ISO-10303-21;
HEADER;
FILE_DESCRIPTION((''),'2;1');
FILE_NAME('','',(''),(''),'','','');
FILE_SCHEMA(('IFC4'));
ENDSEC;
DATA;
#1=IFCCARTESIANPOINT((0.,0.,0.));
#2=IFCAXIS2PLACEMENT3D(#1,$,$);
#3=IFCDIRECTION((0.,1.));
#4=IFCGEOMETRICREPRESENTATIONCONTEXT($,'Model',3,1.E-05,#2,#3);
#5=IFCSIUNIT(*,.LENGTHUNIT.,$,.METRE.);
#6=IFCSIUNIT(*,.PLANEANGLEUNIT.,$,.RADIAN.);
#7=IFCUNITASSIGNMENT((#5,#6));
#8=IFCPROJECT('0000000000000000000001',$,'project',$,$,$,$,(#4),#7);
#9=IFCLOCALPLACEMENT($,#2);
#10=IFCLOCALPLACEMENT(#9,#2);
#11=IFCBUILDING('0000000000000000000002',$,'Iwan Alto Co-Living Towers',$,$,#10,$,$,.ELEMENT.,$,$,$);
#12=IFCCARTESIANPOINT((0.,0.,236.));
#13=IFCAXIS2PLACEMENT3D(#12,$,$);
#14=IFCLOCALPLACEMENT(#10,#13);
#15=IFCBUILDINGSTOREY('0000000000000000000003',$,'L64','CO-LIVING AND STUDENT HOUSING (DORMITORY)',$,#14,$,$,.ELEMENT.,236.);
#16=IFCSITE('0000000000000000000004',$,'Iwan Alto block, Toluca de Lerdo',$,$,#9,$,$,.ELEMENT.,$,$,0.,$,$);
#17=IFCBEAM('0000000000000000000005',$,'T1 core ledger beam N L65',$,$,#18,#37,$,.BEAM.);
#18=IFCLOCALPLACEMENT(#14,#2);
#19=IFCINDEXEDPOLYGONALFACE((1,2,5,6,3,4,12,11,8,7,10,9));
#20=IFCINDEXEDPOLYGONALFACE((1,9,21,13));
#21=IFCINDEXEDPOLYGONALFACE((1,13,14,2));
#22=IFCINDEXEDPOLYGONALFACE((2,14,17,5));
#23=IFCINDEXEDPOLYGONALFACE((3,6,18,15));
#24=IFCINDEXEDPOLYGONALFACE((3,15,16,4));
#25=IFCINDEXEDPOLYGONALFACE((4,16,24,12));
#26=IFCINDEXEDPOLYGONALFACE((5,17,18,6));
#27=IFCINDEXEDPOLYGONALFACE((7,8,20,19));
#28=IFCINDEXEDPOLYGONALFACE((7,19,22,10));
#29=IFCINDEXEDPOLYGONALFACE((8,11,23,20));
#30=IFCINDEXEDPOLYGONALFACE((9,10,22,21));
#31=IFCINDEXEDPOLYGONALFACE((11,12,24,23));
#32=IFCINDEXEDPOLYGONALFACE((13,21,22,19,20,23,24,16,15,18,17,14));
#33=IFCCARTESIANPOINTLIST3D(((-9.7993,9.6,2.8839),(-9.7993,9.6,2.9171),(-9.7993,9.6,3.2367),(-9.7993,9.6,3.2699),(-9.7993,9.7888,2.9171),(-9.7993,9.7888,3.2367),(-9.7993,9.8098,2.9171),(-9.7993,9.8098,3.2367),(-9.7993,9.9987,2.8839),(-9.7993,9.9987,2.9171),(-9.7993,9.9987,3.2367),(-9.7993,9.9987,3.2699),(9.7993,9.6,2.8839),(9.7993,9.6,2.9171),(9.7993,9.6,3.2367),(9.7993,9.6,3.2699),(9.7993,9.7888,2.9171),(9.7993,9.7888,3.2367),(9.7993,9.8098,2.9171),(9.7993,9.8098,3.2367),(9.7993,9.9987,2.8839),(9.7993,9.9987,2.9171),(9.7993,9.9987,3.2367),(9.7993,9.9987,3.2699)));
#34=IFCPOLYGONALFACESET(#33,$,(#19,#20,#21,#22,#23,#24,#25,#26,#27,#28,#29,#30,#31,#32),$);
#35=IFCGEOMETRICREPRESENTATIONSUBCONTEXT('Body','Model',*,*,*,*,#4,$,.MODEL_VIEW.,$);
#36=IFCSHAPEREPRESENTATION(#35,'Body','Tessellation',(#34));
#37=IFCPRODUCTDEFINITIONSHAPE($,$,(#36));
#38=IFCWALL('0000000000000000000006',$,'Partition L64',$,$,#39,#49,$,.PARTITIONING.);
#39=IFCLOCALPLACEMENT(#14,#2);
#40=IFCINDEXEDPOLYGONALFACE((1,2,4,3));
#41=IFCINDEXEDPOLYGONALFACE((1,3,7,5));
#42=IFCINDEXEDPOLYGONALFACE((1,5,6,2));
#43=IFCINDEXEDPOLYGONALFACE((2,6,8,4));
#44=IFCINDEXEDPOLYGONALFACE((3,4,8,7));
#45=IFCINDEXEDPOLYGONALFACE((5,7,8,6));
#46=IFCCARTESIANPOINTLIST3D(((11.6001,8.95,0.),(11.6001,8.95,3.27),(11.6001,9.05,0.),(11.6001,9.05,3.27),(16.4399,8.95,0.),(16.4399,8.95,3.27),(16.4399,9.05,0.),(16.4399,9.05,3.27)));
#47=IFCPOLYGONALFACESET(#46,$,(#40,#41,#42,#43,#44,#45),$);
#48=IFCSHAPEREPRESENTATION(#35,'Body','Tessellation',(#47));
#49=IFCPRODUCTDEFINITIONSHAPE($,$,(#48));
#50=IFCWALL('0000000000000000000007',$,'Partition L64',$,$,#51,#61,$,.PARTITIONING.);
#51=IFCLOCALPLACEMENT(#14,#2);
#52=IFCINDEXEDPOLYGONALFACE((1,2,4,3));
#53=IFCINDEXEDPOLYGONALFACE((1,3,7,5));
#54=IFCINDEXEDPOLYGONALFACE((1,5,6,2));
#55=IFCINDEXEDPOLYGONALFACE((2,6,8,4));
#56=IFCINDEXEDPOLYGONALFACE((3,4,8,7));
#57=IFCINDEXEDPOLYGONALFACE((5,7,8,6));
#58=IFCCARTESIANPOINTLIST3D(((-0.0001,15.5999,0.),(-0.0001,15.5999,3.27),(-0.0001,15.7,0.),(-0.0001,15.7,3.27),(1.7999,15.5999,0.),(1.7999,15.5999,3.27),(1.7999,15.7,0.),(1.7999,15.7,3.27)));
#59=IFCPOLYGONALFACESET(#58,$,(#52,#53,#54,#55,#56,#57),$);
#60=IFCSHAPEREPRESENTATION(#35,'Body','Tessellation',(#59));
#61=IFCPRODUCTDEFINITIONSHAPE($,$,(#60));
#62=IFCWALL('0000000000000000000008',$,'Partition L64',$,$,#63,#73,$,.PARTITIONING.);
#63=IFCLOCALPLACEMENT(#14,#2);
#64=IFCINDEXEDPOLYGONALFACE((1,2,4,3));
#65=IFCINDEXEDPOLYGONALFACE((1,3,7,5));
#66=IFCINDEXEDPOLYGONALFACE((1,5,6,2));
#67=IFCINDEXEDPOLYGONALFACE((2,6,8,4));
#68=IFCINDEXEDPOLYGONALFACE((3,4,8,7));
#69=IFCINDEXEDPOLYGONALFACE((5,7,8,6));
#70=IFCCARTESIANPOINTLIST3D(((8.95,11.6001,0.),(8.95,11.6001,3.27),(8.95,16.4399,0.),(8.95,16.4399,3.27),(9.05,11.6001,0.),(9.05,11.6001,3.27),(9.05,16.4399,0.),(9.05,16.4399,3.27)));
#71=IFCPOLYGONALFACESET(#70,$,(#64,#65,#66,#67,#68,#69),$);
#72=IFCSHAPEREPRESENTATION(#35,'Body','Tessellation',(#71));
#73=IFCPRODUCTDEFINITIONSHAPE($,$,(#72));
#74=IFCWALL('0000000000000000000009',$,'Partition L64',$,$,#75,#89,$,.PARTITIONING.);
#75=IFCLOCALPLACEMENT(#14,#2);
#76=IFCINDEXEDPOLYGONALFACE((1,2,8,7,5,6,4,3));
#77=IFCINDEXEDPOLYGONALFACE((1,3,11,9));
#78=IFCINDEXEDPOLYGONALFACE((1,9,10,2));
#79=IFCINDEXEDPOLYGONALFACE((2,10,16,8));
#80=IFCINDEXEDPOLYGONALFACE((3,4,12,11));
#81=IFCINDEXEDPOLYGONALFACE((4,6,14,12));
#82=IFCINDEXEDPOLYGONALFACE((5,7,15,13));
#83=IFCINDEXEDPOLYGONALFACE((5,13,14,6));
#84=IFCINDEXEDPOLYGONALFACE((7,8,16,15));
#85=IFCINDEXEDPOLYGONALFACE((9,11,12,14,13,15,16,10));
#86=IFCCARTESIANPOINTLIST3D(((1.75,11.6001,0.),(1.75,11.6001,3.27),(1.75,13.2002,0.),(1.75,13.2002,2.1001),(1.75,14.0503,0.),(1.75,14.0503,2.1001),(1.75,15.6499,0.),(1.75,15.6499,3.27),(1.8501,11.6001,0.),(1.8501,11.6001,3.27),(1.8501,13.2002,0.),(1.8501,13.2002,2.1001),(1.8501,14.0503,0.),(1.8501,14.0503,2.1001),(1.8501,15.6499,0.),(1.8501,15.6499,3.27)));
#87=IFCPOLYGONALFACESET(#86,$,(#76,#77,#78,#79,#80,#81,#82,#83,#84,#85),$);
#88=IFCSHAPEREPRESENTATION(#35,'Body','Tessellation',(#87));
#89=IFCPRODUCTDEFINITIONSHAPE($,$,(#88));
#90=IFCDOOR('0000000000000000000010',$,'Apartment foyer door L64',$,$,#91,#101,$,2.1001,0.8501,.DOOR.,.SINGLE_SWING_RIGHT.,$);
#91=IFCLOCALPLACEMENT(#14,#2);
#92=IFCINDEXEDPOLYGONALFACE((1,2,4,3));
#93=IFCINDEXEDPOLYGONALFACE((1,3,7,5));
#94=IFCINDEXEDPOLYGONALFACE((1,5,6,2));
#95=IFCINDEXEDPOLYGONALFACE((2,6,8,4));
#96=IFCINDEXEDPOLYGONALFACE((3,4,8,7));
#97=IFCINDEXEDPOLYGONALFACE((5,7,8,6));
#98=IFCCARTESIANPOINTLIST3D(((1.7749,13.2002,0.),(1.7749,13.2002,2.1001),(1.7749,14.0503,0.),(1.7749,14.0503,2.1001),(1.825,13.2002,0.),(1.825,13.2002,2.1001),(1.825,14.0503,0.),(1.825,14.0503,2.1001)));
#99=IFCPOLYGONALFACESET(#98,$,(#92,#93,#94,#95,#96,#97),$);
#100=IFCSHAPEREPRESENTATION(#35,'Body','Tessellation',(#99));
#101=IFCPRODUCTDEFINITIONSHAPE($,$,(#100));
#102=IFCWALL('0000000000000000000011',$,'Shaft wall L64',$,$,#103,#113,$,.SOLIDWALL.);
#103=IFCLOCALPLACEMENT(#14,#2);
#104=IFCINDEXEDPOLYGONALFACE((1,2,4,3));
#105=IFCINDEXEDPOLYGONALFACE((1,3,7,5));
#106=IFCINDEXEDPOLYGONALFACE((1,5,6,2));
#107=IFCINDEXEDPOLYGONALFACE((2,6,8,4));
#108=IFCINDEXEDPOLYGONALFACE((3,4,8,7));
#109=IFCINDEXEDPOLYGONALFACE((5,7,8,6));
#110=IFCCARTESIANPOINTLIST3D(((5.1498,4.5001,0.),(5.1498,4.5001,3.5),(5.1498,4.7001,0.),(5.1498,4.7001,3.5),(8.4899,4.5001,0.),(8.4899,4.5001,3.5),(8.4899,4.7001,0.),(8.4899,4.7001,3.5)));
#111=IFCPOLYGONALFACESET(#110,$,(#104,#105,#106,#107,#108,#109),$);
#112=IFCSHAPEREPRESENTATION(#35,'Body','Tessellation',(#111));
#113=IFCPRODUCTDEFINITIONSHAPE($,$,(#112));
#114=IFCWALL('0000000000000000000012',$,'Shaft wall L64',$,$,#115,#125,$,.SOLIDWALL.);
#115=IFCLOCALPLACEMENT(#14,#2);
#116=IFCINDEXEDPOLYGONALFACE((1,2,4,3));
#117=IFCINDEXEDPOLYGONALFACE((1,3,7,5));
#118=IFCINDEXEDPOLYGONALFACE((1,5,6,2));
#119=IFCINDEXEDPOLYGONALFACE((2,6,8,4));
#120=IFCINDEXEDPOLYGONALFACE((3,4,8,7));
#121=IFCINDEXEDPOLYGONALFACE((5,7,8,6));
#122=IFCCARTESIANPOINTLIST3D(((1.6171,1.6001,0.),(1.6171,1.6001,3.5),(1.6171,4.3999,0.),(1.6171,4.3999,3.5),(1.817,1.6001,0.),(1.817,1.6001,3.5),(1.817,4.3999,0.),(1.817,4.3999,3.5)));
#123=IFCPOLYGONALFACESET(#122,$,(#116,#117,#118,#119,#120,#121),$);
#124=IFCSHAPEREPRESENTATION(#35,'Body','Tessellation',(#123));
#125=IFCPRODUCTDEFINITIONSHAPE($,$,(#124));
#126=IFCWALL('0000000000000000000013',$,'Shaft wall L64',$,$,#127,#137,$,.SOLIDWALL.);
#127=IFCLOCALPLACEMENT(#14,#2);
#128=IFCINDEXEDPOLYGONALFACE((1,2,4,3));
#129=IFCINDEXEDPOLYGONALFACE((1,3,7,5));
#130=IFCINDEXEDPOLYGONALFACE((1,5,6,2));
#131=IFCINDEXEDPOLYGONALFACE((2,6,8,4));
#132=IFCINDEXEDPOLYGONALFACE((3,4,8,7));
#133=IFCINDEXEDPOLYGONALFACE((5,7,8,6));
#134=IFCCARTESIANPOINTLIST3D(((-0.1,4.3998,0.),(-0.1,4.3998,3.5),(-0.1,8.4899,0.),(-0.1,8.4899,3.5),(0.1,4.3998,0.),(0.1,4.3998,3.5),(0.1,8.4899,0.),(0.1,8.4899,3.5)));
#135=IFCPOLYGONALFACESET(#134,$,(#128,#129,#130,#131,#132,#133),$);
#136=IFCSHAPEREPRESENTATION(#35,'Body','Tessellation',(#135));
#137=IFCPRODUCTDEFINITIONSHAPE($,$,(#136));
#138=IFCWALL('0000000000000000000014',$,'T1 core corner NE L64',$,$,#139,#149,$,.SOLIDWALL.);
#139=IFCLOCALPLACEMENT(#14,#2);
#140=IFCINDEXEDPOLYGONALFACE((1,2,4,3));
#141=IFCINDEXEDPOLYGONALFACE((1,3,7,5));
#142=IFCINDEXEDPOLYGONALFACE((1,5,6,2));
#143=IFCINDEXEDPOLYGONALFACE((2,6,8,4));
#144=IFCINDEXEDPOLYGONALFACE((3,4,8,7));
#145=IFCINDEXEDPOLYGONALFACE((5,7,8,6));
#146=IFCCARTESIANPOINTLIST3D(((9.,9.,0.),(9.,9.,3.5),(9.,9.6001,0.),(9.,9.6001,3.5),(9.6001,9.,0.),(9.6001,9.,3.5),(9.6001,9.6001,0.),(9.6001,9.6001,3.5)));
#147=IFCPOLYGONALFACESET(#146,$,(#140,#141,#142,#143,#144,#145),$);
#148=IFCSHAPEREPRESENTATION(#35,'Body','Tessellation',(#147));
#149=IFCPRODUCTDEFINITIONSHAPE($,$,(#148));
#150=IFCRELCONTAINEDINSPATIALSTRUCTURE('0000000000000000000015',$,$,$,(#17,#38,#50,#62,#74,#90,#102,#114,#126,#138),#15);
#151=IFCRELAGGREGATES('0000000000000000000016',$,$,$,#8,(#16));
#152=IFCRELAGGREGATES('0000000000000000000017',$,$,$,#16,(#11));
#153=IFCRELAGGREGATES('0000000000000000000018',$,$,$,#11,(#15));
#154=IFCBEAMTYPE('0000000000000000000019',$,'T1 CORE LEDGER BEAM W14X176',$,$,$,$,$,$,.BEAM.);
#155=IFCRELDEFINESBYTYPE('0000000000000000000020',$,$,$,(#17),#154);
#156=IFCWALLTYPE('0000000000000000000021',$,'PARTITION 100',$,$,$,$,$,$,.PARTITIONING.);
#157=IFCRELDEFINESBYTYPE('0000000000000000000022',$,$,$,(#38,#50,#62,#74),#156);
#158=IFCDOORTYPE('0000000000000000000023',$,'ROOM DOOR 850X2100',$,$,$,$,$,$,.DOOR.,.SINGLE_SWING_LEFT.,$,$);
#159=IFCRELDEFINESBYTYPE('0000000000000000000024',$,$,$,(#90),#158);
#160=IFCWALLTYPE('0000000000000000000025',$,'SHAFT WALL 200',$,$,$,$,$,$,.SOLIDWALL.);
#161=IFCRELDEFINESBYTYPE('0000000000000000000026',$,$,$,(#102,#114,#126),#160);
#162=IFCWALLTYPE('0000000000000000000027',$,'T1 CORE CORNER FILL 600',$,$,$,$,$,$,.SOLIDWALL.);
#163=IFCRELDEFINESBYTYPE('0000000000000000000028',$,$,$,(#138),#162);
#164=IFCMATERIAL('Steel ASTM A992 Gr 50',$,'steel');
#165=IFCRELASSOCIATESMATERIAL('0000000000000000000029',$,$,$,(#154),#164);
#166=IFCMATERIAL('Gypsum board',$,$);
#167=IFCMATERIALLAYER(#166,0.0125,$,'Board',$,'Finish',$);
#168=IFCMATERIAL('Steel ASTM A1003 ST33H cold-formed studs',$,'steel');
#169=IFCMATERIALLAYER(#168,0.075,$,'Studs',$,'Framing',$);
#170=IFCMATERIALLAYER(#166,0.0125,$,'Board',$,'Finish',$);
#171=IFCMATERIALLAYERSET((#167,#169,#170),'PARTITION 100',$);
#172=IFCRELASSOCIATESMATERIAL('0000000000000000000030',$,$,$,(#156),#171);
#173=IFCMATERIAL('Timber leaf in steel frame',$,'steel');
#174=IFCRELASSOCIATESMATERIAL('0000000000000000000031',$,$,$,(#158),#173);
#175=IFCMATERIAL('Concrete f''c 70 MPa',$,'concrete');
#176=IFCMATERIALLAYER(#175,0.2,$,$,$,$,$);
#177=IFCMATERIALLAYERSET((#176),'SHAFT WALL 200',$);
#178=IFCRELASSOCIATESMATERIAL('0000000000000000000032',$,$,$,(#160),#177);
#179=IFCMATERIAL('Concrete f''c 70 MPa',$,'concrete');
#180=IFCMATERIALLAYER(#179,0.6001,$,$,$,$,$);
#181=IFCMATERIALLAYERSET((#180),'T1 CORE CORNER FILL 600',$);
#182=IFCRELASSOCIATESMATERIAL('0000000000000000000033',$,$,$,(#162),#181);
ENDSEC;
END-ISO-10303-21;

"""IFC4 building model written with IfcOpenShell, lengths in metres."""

from ifc_helpers import new_model, si_unit, direction, frame, frame_2d, origin, origin_2d, place, context, subcontext, project, spatial, rectangle, i_section, extrude, material, layer, layer_set, material_profile, profile_set, type_object, element, fill, save


model = new_model("IFC4")

# Units and contexts
model_context = context("Model", 3, precision=1e-05, world=origin(), true_north=direction((0.0, 1.0)))
body_context = subcontext(model_context, "Body", "Model", "MODEL_VIEW")
ifc_project = project(units=[si_unit("LENGTHUNIT", "METRE"), si_unit("PLANEANGLEUNIT", "RADIAN")], contexts=[model_context])

# Site, building, storey
site_placement = place(None, origin())
site = spatial("IfcSite", under=ifc_project, at=site_placement, Name="Iwan Alto block, Toluca de Lerdo", CompositionType="ELEMENT", RefElevation=0.0)
building_placement = place(site_placement, origin())
building = spatial("IfcBuilding", under=site, at=building_placement, Name="Iwan Alto Co-Living Towers", CompositionType="ELEMENT")
storey_placement = place(building_placement, frame((0.0, 0.0, 236.0)))
storey = spatial("IfcBuildingStorey", under=building, at=storey_placement, Name="L64", Description="CO-LIVING AND STUDENT HOUSING (DORMITORY)", CompositionType="ELEMENT", Elevation=236.0)

# Beam
ifc_material_1 = material(Name="Steel ASTM A992 Gr 50", Category="steel")
ifc_material_profile = material_profile(ifc_material_1, i_section(OverallWidth=0.3987, OverallDepth=0.386, WebThickness=0.021, FlangeThickness=0.0332, at=origin_2d()), Name="W14X176")
ifc_profile_set = profile_set([ifc_material_profile], Name="Steel ASTM A992 Gr 50")
beam_type = type_object("IfcBeamType", Name="T1 CORE LEDGER BEAM W14X176", PredefinedType="BEAM", material=ifc_profile_set)
beam_placement = place(storey_placement, frame((9.7993, 9.7993, 3.0769), z_axis=(-1.0, 0.0, 0.0), x_axis=(0.0, -1.0, 0.0)))
element("IfcBeam", 1, at=beam_placement, inside=storey, type_object=beam_type, Name="T1 core ledger beam N L65", PredefinedType="BEAM", context=body_context, shape_type="SweptSolid", body=[
    extrude(i_section(OverallWidth=0.3987, OverallDepth=0.386, WebThickness=0.021, FlangeThickness=0.0332, at=origin_2d()), origin(), (0.0, 0.0, 1.0), 19.5986),
])

# Walls
ifc_material_2 = material(Name="Gypsum board")
ifc_layer_1 = layer(ifc_material_2, 0.0125, Name="Board", Category="Finish")
ifc_material_3 = material(Name="Steel ASTM A1003 ST33H cold-formed studs", Category="steel")
ifc_layer_2 = layer(ifc_material_3, 0.075, Name="Studs", Category="Framing")
ifc_layer_3 = layer(ifc_material_2, 0.0125, Name="Board", Category="Finish")
ifc_layer_set_1 = layer_set([ifc_layer_1, ifc_layer_2, ifc_layer_3], Name="PARTITION 100")
wall_type_1 = type_object("IfcWallType", Name="PARTITION 100", PredefinedType="PARTITIONING", material=ifc_layer_set_1)
wall_1_placement = place(storey_placement, frame((11.6001, 9.0, 0.0), z_axis=(0.0, 0.0, 1.0), x_axis=(1.0, 0.0, 0.0)))
element("IfcWall", 2, at=wall_1_placement, inside=storey, type_object=wall_type_1, Name="Partition L64", PredefinedType="PARTITIONING", context=body_context, shape_type="SweptSolid", body=[
    extrude(rectangle(XDim=4.8398, YDim=0.1001, at=frame_2d((2.4199, 0.0))), origin(), (0.0, 0.0, 1.0), 3.27),
])
wall_2_placement = place(storey_placement, frame((0.0, 15.6499, 0.0), z_axis=(0.0, 0.0, 1.0), x_axis=(1.0, 0.0, 0.0)))
element("IfcWall", 3, at=wall_2_placement, inside=storey, type_object=wall_type_1, Name="Partition L64", PredefinedType="PARTITIONING", context=body_context, shape_type="SweptSolid", body=[
    extrude(rectangle(XDim=1.8, YDim=0.1001, at=frame_2d((0.8999, 0.0))), origin(), (0.0, 0.0, 1.0), 3.27),
])
wall_3_placement = place(storey_placement, frame((9.0, 11.6001, 0.0), z_axis=(0.0, 0.0, 1.0), x_axis=(0.0, 1.0, 0.0)))
element("IfcWall", 4, at=wall_3_placement, inside=storey, type_object=wall_type_1, Name="Partition L64", PredefinedType="PARTITIONING", context=body_context, shape_type="SweptSolid", body=[
    extrude(rectangle(XDim=4.8398, YDim=0.1001, at=frame_2d((2.4199, 0.0))), origin(), (0.0, 0.0, 1.0), 3.27),
])

# Wall, opening, door
wall_4_placement = place(storey_placement, frame((1.8, 11.6001, 0.0), z_axis=(0.0, 0.0, 1.0), x_axis=(0.0, 1.0, 0.0)))
wall_4 = element("IfcWall", 5, at=wall_4_placement, inside=storey, type_object=wall_type_1, Name="Partition L64", PredefinedType="PARTITIONING", context=body_context, shape_type="SweptSolid", body=[
    extrude(rectangle(XDim=4.0498, YDim=0.1001, at=frame_2d((2.0249, 0.0))), origin(), (0.0, 0.0, 1.0), 3.27),
])
opening_1_placement = place(wall_4_placement, frame((1.6001, 0.0, 0.0)))
opening_1 = element("IfcOpeningElement", 6, at=opening_1_placement, cuts=wall_4, PredefinedType="OPENING", context=body_context, shape_type="SweptSolid", body=[
    extrude(rectangle(XDim=0.8501, YDim=2.1001, at=frame_2d((0.425, 1.05))), frame((0.0, 0.0601, 0.0), z_axis=(0.0, -1.0, 0.0), x_axis=(1.0, 0.0, 0.0)), (0.0, 0.0, 1.0), 0.1201),
])
ifc_material_4 = material(Name="Timber leaf in steel frame", Category="steel")
door_type_1 = type_object("IfcDoorType", Name="ROOM DOOR 850X2100", OperationType="SINGLE_SWING_LEFT", PredefinedType="DOOR", material=ifc_material_4)
door_1_placement = place(opening_1_placement, frame((0.8501, 0.0, 0.0), z_axis=(0.0, 0.0, 1.0), x_axis=(-1.0, 0.0, 0.0)))
door_1 = element("IfcDoor", 7, at=door_1_placement, inside=storey, type_object=door_type_1, Name="Apartment foyer door L64", OperationType="SINGLE_SWING_RIGHT", OverallHeight=2.1001, OverallWidth=0.8501, PredefinedType="DOOR", context=body_context, shape_type="SweptSolid", body=[
    extrude(rectangle(XDim=0.8501, YDim=2.1001, at=frame_2d((0.425, 1.05))), frame((0.0, 0.0249, 0.0), z_axis=(0.0, -1.0, 0.0), x_axis=(1.0, 0.0, 0.0)), (0.0, 0.0, 1.0), 0.05),
])
fill(opening_1, door_1)

# Walls
ifc_material_5 = material(Name="Concrete f'c 70 MPa", Category="concrete")
ifc_layer_4 = layer(ifc_material_5, 0.2)
ifc_layer_set_2 = layer_set([ifc_layer_4], Name="SHAFT WALL 200")
wall_type_2 = type_object("IfcWallType", Name="SHAFT WALL 200", PredefinedType="SOLIDWALL", material=ifc_layer_set_2)
wall_5_placement = place(storey_placement, frame((5.1499, 4.6001, 0.0), z_axis=(0.0, 0.0, 1.0), x_axis=(1.0, 0.0, 0.0)))
element("IfcWall", 8, at=wall_5_placement, inside=storey, type_object=wall_type_2, Name="Shaft wall L64", PredefinedType="SOLIDWALL", context=body_context, shape_type="SweptSolid", body=[
    extrude(rectangle(XDim=3.3401, YDim=0.2, at=frame_2d((1.6699, 0.0))), origin(), (0.0, 0.0, 1.0), 3.5),
])
wall_6_placement = place(storey_placement, frame((1.717, 1.6001, 0.0), z_axis=(0.0, 0.0, 1.0), x_axis=(0.0, 1.0, 0.0)))
element("IfcWall", 9, at=wall_6_placement, inside=storey, type_object=wall_type_2, Name="Shaft wall L64", PredefinedType="SOLIDWALL", context=body_context, shape_type="SweptSolid", body=[
    extrude(rectangle(XDim=2.7998, YDim=0.2, at=frame_2d((1.3999, 0.0))), origin(), (0.0, 0.0, 1.0), 3.5),
])
wall_7_placement = place(storey_placement, frame((0.0, 4.3999, 0.0), z_axis=(0.0, 0.0, 1.0), x_axis=(0.0, 1.0, 0.0)))
element("IfcWall", 10, at=wall_7_placement, inside=storey, type_object=wall_type_2, Name="Shaft wall L64", PredefinedType="SOLIDWALL", context=body_context, shape_type="SweptSolid", body=[
    extrude(rectangle(XDim=4.0901, YDim=0.2, at=frame_2d((2.0449, 0.0))), origin(), (0.0, 0.0, 1.0), 3.5),
])
ifc_material_6 = material(Name="Concrete f'c 70 MPa", Category="concrete")
ifc_layer_5 = layer(ifc_material_6, 0.6001)
ifc_layer_set_3 = layer_set([ifc_layer_5], Name="T1 CORE CORNER FILL 600")
wall_type_3 = type_object("IfcWallType", Name="T1 CORE CORNER FILL 600", PredefinedType="SOLIDWALL", material=ifc_layer_set_3)
wall_8_placement = place(storey_placement, frame((9.0, 9.3, 0.0), z_axis=(0.0, 0.0, 1.0), x_axis=(1.0, 0.0, 0.0)))
element("IfcWall", 11, at=wall_8_placement, inside=storey, type_object=wall_type_3, Name="T1 core corner NE L64", PredefinedType="SOLIDWALL", context=body_context, shape_type="SweptSolid", body=[
    extrude(rectangle(XDim=0.6001, YDim=0.6001, at=frame_2d((0.3, 0.0))), origin(), (0.0, 0.0, 1.0), 3.5),
])

save(model, "model.ifc")
